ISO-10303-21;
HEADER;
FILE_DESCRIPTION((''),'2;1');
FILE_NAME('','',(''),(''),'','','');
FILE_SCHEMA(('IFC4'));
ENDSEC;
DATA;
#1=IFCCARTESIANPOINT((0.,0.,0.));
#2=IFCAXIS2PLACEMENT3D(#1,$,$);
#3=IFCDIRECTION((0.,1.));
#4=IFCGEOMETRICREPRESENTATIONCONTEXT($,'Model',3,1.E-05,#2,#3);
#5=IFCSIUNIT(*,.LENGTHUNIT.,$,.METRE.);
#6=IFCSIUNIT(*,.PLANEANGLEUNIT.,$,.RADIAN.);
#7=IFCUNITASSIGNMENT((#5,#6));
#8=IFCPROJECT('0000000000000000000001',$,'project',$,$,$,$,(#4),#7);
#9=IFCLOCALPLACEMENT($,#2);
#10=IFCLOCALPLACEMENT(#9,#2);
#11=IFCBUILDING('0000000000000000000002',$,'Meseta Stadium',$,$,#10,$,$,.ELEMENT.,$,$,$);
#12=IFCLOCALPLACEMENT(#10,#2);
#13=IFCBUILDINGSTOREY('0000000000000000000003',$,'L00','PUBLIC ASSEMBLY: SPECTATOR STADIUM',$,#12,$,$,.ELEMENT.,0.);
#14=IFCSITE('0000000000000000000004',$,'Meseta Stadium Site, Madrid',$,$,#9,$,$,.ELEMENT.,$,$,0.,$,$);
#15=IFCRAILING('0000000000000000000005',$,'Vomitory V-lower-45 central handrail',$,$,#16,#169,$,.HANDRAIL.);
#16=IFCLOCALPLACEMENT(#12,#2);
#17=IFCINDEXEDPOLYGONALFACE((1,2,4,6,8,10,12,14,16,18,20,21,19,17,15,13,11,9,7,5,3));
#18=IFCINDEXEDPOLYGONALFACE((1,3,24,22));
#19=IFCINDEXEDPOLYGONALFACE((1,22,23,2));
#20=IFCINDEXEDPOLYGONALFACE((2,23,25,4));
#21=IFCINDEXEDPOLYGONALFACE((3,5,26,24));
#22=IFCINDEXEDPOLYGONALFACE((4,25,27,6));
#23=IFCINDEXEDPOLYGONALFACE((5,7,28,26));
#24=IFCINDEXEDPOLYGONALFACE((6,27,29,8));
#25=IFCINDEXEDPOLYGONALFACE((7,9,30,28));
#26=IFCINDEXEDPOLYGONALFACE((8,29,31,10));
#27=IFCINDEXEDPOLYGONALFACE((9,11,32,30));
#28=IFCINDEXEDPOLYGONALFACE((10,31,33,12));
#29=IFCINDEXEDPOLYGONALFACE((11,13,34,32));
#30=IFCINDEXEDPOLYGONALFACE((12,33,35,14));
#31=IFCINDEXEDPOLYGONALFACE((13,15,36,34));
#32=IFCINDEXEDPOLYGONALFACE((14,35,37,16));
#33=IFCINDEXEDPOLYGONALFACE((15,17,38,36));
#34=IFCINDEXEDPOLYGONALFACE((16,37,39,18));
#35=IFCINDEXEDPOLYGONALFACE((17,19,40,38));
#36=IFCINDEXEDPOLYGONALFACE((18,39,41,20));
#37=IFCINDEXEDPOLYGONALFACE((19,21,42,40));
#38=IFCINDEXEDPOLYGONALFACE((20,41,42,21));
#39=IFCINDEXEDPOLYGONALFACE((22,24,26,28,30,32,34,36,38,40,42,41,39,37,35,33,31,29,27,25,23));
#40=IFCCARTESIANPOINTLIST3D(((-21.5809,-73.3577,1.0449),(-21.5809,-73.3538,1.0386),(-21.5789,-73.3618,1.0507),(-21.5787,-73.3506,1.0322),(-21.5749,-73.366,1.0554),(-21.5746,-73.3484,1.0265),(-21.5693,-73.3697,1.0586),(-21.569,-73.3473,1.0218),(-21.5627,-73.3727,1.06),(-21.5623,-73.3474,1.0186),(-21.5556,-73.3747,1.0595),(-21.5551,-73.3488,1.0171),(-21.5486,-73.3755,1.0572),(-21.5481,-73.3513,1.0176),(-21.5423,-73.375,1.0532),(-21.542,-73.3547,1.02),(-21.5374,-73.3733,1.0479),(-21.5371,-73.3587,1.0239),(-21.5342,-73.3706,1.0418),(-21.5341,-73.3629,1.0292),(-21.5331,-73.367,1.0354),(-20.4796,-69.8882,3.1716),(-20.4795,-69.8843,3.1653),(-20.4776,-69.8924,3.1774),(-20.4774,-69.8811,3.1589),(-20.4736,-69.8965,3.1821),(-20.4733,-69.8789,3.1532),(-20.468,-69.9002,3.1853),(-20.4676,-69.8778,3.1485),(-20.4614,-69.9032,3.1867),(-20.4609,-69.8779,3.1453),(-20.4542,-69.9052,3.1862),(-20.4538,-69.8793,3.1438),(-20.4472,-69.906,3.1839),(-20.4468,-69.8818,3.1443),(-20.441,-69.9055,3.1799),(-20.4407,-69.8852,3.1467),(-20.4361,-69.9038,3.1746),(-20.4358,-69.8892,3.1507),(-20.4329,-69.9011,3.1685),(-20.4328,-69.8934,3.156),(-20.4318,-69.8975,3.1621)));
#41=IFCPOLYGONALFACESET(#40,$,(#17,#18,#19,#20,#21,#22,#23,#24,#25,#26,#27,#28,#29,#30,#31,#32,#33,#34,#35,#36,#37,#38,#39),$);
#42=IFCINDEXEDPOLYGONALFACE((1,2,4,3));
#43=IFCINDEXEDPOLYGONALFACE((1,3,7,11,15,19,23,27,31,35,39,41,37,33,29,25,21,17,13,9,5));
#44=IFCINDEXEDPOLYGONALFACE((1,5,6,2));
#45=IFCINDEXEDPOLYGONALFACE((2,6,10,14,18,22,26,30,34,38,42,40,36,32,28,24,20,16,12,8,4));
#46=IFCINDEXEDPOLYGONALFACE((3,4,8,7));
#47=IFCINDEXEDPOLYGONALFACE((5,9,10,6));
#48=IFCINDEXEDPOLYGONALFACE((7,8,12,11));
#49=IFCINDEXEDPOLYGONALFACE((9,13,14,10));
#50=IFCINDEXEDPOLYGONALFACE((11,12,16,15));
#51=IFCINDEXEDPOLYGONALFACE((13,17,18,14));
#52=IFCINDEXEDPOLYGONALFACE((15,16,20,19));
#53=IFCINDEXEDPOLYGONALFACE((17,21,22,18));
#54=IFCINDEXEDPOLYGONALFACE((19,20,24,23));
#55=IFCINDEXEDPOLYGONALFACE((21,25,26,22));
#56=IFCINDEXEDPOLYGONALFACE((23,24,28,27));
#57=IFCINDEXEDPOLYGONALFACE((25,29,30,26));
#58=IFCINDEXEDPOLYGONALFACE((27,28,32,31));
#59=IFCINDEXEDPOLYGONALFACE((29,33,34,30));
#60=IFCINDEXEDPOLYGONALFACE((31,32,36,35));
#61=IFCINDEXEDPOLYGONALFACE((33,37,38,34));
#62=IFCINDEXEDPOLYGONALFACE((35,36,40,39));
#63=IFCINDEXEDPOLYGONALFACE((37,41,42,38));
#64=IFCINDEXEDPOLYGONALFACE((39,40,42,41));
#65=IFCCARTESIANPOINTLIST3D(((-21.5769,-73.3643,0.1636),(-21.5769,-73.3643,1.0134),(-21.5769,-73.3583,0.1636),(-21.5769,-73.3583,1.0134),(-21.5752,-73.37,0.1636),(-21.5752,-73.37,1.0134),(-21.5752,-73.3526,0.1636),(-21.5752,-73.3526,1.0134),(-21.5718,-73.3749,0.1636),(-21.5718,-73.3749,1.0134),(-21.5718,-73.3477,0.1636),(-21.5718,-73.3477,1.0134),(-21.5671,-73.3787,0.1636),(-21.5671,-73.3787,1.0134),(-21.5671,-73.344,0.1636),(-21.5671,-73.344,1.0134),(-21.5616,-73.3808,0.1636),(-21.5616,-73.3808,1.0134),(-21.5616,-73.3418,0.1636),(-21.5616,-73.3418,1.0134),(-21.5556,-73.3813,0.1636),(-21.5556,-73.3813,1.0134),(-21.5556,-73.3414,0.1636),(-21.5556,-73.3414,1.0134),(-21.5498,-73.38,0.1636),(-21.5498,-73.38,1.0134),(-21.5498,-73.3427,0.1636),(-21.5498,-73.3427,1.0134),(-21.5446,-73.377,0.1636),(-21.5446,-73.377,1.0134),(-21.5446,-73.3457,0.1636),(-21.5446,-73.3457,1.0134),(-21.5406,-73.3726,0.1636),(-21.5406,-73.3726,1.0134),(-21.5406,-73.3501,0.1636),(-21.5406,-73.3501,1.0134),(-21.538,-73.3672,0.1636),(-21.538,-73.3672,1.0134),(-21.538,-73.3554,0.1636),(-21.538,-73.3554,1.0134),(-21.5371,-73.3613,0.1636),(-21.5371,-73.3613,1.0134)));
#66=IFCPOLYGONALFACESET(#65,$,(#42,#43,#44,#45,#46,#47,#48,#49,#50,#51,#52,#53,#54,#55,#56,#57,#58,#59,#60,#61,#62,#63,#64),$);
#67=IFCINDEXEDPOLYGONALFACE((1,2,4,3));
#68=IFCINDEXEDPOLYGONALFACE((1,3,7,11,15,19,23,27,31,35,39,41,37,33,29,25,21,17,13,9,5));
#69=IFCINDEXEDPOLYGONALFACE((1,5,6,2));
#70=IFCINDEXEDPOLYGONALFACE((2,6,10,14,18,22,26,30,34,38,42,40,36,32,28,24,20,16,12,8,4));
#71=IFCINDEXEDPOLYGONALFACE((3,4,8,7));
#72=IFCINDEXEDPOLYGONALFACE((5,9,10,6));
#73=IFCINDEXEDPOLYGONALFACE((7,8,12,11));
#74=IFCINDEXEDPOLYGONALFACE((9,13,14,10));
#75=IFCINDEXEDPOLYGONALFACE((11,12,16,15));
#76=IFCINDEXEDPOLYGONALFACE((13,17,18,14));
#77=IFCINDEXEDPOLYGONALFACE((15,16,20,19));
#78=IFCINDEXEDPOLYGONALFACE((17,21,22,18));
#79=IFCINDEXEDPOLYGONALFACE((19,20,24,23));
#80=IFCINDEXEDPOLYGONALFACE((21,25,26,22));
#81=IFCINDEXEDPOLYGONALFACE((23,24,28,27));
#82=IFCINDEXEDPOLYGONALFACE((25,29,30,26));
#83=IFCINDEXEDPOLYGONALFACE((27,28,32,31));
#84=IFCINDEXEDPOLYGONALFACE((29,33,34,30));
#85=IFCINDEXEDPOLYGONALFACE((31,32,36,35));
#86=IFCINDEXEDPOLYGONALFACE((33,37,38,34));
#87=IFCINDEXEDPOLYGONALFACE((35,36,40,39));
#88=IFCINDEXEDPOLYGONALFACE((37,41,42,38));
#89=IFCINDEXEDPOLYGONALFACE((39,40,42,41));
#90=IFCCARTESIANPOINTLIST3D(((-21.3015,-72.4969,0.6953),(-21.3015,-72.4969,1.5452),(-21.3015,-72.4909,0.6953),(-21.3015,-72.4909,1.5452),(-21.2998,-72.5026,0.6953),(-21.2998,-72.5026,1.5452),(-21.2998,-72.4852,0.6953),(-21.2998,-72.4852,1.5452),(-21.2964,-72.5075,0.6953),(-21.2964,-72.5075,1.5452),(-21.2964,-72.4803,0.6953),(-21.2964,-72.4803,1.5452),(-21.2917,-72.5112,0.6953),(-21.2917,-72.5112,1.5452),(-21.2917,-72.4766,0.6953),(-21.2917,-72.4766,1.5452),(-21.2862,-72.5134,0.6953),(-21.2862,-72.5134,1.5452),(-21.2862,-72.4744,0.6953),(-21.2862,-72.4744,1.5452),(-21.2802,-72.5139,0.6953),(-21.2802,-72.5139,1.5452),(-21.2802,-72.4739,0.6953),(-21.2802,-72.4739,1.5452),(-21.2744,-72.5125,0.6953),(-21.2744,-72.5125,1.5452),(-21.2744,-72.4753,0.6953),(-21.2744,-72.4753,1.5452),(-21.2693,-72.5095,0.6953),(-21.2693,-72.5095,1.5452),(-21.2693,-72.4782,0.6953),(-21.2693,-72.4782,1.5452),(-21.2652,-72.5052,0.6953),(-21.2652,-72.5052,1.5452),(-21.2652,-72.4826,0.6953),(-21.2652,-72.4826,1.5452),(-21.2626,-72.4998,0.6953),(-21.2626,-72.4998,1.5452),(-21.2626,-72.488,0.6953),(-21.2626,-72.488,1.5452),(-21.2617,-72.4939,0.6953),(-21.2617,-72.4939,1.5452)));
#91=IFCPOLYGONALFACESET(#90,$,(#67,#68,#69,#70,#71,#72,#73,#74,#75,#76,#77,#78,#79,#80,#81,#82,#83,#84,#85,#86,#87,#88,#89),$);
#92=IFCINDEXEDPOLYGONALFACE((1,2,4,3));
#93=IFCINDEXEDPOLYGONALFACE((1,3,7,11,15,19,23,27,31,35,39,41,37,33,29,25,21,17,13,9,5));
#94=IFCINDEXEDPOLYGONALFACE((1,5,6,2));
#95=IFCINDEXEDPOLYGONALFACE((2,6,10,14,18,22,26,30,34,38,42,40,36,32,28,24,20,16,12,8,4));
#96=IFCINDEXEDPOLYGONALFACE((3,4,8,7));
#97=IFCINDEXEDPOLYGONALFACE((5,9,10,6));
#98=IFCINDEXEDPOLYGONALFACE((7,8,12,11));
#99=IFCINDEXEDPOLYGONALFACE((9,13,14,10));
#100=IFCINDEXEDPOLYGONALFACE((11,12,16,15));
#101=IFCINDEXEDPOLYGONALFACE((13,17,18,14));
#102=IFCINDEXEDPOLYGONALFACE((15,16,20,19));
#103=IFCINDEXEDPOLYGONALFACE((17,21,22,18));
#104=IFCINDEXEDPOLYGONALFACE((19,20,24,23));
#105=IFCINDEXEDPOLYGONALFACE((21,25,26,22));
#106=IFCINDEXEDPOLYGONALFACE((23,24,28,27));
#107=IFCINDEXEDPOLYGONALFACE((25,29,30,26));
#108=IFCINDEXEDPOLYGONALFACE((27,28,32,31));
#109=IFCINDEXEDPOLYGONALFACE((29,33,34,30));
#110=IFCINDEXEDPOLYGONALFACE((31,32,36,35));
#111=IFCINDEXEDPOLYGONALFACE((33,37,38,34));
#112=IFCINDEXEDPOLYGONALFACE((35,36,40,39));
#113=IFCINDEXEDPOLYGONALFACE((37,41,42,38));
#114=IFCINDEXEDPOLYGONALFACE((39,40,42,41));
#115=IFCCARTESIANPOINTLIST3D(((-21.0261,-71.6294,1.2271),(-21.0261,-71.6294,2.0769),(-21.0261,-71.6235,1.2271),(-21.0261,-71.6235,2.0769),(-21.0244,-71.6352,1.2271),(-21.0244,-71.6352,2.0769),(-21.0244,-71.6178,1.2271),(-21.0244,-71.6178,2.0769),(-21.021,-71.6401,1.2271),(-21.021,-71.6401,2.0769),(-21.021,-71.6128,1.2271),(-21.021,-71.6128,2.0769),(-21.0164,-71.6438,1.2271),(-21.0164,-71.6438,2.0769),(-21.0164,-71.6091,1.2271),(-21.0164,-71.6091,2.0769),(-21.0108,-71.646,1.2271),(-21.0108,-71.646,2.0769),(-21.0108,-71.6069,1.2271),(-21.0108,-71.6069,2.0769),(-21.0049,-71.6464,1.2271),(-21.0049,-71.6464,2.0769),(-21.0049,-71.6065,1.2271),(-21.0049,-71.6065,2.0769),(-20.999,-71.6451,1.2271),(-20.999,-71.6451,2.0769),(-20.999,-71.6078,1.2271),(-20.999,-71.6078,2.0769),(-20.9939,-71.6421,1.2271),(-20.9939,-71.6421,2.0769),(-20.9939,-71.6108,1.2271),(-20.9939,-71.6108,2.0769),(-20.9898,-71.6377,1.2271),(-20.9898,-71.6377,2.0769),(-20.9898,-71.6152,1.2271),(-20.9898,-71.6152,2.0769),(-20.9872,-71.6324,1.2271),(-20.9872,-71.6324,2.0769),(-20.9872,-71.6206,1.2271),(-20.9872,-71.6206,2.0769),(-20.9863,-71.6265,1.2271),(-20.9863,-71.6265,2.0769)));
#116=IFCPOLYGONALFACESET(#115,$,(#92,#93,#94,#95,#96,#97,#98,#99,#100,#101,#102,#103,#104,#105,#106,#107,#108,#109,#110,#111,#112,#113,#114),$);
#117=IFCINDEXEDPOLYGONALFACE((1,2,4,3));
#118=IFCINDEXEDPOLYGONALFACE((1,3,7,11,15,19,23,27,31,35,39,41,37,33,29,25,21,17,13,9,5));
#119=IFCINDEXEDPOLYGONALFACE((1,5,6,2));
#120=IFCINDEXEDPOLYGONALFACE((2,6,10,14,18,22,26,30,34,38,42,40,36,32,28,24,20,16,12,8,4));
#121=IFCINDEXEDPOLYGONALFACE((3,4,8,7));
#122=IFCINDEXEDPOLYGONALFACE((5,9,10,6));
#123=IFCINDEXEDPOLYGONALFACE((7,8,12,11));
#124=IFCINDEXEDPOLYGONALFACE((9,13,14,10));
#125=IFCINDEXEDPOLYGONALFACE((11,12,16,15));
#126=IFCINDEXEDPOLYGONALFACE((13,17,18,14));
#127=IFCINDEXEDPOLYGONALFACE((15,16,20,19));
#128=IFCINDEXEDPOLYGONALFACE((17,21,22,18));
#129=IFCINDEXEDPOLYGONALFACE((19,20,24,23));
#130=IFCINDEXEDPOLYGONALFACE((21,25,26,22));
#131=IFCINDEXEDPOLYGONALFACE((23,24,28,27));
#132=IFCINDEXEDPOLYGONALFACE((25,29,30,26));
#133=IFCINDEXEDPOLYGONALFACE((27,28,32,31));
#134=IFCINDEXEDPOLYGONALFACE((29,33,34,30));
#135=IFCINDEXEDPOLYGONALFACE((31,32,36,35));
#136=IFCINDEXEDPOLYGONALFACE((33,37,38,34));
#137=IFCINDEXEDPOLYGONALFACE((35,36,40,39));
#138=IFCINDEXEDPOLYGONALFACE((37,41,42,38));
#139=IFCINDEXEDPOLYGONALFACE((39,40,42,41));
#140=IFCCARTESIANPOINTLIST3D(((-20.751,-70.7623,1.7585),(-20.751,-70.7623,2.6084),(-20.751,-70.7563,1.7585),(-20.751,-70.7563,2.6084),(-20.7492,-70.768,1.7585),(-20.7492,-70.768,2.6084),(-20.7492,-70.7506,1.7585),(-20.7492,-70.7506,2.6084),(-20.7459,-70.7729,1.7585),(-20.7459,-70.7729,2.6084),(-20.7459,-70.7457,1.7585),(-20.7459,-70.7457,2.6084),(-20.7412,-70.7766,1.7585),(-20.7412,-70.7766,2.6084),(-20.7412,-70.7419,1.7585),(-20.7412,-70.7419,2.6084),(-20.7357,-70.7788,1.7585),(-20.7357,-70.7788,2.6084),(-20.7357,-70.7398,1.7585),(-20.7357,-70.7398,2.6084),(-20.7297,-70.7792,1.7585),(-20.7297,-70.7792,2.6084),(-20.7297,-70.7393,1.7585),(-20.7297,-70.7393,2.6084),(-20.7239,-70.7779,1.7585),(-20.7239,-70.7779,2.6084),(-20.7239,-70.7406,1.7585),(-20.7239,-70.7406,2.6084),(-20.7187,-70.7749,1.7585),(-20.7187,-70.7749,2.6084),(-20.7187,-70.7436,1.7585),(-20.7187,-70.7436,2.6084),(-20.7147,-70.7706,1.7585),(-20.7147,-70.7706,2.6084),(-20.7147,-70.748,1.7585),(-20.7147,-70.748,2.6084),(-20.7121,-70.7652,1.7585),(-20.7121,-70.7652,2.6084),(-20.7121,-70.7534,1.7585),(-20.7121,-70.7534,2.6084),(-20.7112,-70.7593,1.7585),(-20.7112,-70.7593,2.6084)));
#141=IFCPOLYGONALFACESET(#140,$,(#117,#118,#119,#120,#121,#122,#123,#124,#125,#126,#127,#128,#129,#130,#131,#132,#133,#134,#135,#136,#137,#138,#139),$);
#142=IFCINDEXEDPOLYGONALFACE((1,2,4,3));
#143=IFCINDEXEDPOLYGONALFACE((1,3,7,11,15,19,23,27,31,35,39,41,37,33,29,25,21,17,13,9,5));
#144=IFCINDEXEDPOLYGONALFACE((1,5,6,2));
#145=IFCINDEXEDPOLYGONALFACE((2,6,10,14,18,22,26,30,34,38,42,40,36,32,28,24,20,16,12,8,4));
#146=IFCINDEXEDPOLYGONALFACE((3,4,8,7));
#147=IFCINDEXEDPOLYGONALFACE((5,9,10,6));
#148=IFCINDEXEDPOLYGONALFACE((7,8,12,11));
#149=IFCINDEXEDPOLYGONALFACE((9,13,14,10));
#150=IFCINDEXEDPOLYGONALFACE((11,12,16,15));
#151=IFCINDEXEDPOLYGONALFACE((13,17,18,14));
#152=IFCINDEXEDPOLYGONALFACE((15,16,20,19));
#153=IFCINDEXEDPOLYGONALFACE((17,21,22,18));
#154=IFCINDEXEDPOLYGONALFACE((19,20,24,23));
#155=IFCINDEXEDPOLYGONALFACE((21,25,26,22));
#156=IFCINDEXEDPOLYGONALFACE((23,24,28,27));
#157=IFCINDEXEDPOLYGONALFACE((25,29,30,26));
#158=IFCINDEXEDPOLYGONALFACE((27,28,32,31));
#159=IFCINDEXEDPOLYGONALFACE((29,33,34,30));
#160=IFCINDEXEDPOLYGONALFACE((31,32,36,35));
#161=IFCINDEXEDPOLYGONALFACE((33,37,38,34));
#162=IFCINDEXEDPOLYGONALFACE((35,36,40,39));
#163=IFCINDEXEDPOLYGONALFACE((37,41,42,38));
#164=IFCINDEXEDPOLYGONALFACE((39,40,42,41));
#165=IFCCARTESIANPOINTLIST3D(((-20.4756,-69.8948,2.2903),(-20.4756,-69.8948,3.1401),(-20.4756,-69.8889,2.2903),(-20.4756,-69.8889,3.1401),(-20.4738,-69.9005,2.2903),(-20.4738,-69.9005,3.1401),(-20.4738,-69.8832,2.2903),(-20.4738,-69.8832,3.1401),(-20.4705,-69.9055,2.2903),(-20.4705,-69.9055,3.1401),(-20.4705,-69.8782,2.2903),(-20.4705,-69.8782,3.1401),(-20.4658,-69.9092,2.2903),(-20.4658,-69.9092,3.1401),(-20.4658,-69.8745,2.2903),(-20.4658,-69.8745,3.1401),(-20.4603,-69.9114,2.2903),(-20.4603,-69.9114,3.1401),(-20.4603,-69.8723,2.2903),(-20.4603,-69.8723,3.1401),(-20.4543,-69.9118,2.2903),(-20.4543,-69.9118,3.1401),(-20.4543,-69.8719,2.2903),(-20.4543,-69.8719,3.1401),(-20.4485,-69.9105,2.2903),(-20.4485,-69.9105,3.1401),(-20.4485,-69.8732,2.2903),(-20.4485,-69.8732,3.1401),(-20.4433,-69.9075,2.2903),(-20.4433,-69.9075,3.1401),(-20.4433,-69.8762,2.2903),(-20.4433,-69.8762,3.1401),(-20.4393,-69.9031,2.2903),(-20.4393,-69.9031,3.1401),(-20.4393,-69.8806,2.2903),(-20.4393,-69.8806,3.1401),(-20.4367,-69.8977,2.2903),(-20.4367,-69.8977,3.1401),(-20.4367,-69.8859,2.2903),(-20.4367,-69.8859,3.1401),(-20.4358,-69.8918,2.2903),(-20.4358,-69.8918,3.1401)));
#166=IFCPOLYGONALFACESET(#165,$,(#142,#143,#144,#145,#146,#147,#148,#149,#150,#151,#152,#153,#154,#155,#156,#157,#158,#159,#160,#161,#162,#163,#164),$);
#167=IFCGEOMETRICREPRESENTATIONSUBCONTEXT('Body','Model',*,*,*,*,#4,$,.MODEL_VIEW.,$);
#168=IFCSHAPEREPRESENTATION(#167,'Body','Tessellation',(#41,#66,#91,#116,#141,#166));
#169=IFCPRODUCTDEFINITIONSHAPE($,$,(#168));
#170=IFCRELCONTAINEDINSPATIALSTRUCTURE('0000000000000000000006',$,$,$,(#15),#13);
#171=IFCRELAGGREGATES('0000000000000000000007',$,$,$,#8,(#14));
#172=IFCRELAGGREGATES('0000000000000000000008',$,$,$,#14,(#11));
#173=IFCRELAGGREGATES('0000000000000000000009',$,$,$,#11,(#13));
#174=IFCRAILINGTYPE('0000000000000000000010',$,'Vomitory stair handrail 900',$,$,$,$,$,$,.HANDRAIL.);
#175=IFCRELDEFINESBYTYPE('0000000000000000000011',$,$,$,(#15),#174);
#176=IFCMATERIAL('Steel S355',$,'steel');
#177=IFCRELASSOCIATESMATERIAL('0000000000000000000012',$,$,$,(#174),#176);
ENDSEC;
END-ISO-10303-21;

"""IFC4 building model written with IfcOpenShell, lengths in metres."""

from ifc_helpers import new_model, si_unit, direction, frame, origin, origin_2d, place, context, subcontext, project, spatial, circle, extrude, material, type_object, element, save


model = new_model("IFC4")

# Units and contexts
model_context = context("Model", 3, precision=1e-05, world=origin(), true_north=direction((0.0, 1.0)))
body_context = subcontext(model_context, "Body", "Model", "MODEL_VIEW")
ifc_project = project(units=[si_unit("LENGTHUNIT", "METRE"), si_unit("PLANEANGLEUNIT", "RADIAN")], contexts=[model_context])

# Site, building, storey
site_placement = place(None, origin())
site = spatial("IfcSite", under=ifc_project, at=site_placement, Name="Meseta Stadium Site, Madrid", CompositionType="ELEMENT", RefElevation=0.0)
building_placement = place(site_placement, origin())
building = spatial("IfcBuilding", under=site, at=building_placement, Name="Meseta Stadium", CompositionType="ELEMENT")
storey_placement = place(building_placement, origin())
storey = spatial("IfcBuildingStorey", under=building, at=storey_placement, Name="L00", Description="PUBLIC ASSEMBLY: SPECTATOR STADIUM", CompositionType="ELEMENT", Elevation=0.0)

# Railing
ifc_material_1 = material(Name="Steel S355", Category="steel")
railing_type_1 = type_object("IfcRailingType", Name="Vomitory stair handrail 900", PredefinedType="HANDRAIL", material=ifc_material_1)
railing_1_placement = place(storey_placement, frame((-21.5571, -73.3613, 0.1636)))
element("IfcRailing", 1, at=railing_1_placement, inside=storey, type_object=railing_type_1, Name="Vomitory V-lower-45 central handrail", PredefinedType="HANDRAIL", context=body_context, shape_type="SweptSolid", body=[
    extrude(circle(Radius=0.0249, at=origin_2d()), frame((0.0, 0.0, 0.875), z_axis=(0.261235, 0.822968, 0.50446), x_axis=(-0.953133, 0.302553, 0.0)), (0.0, 0.0, 1.0), 4.2158),
    extrude(circle(Radius=0.02, at=origin_2d()), origin(), (0.0, 0.0, 1.0), 0.8499),
    extrude(circle(Radius=0.02, at=origin_2d()), frame((0.2754, 0.8674, 0.5317)), (0.0, 0.0, 1.0), 0.8499),
    extrude(circle(Radius=0.02, at=origin_2d()), frame((0.5508, 1.7349, 1.0635)), (0.0, 0.0, 1.0), 0.8499),
    extrude(circle(Radius=0.02, at=origin_2d()), frame((0.8259, 2.6021, 1.595)), (0.0, 0.0, 1.0), 0.8499),
    extrude(circle(Radius=0.02, at=origin_2d()), frame((1.1013, 3.4695, 2.1267)), (0.0, 0.0, 1.0), 0.8499),
])

save(model, "model.ifc")
